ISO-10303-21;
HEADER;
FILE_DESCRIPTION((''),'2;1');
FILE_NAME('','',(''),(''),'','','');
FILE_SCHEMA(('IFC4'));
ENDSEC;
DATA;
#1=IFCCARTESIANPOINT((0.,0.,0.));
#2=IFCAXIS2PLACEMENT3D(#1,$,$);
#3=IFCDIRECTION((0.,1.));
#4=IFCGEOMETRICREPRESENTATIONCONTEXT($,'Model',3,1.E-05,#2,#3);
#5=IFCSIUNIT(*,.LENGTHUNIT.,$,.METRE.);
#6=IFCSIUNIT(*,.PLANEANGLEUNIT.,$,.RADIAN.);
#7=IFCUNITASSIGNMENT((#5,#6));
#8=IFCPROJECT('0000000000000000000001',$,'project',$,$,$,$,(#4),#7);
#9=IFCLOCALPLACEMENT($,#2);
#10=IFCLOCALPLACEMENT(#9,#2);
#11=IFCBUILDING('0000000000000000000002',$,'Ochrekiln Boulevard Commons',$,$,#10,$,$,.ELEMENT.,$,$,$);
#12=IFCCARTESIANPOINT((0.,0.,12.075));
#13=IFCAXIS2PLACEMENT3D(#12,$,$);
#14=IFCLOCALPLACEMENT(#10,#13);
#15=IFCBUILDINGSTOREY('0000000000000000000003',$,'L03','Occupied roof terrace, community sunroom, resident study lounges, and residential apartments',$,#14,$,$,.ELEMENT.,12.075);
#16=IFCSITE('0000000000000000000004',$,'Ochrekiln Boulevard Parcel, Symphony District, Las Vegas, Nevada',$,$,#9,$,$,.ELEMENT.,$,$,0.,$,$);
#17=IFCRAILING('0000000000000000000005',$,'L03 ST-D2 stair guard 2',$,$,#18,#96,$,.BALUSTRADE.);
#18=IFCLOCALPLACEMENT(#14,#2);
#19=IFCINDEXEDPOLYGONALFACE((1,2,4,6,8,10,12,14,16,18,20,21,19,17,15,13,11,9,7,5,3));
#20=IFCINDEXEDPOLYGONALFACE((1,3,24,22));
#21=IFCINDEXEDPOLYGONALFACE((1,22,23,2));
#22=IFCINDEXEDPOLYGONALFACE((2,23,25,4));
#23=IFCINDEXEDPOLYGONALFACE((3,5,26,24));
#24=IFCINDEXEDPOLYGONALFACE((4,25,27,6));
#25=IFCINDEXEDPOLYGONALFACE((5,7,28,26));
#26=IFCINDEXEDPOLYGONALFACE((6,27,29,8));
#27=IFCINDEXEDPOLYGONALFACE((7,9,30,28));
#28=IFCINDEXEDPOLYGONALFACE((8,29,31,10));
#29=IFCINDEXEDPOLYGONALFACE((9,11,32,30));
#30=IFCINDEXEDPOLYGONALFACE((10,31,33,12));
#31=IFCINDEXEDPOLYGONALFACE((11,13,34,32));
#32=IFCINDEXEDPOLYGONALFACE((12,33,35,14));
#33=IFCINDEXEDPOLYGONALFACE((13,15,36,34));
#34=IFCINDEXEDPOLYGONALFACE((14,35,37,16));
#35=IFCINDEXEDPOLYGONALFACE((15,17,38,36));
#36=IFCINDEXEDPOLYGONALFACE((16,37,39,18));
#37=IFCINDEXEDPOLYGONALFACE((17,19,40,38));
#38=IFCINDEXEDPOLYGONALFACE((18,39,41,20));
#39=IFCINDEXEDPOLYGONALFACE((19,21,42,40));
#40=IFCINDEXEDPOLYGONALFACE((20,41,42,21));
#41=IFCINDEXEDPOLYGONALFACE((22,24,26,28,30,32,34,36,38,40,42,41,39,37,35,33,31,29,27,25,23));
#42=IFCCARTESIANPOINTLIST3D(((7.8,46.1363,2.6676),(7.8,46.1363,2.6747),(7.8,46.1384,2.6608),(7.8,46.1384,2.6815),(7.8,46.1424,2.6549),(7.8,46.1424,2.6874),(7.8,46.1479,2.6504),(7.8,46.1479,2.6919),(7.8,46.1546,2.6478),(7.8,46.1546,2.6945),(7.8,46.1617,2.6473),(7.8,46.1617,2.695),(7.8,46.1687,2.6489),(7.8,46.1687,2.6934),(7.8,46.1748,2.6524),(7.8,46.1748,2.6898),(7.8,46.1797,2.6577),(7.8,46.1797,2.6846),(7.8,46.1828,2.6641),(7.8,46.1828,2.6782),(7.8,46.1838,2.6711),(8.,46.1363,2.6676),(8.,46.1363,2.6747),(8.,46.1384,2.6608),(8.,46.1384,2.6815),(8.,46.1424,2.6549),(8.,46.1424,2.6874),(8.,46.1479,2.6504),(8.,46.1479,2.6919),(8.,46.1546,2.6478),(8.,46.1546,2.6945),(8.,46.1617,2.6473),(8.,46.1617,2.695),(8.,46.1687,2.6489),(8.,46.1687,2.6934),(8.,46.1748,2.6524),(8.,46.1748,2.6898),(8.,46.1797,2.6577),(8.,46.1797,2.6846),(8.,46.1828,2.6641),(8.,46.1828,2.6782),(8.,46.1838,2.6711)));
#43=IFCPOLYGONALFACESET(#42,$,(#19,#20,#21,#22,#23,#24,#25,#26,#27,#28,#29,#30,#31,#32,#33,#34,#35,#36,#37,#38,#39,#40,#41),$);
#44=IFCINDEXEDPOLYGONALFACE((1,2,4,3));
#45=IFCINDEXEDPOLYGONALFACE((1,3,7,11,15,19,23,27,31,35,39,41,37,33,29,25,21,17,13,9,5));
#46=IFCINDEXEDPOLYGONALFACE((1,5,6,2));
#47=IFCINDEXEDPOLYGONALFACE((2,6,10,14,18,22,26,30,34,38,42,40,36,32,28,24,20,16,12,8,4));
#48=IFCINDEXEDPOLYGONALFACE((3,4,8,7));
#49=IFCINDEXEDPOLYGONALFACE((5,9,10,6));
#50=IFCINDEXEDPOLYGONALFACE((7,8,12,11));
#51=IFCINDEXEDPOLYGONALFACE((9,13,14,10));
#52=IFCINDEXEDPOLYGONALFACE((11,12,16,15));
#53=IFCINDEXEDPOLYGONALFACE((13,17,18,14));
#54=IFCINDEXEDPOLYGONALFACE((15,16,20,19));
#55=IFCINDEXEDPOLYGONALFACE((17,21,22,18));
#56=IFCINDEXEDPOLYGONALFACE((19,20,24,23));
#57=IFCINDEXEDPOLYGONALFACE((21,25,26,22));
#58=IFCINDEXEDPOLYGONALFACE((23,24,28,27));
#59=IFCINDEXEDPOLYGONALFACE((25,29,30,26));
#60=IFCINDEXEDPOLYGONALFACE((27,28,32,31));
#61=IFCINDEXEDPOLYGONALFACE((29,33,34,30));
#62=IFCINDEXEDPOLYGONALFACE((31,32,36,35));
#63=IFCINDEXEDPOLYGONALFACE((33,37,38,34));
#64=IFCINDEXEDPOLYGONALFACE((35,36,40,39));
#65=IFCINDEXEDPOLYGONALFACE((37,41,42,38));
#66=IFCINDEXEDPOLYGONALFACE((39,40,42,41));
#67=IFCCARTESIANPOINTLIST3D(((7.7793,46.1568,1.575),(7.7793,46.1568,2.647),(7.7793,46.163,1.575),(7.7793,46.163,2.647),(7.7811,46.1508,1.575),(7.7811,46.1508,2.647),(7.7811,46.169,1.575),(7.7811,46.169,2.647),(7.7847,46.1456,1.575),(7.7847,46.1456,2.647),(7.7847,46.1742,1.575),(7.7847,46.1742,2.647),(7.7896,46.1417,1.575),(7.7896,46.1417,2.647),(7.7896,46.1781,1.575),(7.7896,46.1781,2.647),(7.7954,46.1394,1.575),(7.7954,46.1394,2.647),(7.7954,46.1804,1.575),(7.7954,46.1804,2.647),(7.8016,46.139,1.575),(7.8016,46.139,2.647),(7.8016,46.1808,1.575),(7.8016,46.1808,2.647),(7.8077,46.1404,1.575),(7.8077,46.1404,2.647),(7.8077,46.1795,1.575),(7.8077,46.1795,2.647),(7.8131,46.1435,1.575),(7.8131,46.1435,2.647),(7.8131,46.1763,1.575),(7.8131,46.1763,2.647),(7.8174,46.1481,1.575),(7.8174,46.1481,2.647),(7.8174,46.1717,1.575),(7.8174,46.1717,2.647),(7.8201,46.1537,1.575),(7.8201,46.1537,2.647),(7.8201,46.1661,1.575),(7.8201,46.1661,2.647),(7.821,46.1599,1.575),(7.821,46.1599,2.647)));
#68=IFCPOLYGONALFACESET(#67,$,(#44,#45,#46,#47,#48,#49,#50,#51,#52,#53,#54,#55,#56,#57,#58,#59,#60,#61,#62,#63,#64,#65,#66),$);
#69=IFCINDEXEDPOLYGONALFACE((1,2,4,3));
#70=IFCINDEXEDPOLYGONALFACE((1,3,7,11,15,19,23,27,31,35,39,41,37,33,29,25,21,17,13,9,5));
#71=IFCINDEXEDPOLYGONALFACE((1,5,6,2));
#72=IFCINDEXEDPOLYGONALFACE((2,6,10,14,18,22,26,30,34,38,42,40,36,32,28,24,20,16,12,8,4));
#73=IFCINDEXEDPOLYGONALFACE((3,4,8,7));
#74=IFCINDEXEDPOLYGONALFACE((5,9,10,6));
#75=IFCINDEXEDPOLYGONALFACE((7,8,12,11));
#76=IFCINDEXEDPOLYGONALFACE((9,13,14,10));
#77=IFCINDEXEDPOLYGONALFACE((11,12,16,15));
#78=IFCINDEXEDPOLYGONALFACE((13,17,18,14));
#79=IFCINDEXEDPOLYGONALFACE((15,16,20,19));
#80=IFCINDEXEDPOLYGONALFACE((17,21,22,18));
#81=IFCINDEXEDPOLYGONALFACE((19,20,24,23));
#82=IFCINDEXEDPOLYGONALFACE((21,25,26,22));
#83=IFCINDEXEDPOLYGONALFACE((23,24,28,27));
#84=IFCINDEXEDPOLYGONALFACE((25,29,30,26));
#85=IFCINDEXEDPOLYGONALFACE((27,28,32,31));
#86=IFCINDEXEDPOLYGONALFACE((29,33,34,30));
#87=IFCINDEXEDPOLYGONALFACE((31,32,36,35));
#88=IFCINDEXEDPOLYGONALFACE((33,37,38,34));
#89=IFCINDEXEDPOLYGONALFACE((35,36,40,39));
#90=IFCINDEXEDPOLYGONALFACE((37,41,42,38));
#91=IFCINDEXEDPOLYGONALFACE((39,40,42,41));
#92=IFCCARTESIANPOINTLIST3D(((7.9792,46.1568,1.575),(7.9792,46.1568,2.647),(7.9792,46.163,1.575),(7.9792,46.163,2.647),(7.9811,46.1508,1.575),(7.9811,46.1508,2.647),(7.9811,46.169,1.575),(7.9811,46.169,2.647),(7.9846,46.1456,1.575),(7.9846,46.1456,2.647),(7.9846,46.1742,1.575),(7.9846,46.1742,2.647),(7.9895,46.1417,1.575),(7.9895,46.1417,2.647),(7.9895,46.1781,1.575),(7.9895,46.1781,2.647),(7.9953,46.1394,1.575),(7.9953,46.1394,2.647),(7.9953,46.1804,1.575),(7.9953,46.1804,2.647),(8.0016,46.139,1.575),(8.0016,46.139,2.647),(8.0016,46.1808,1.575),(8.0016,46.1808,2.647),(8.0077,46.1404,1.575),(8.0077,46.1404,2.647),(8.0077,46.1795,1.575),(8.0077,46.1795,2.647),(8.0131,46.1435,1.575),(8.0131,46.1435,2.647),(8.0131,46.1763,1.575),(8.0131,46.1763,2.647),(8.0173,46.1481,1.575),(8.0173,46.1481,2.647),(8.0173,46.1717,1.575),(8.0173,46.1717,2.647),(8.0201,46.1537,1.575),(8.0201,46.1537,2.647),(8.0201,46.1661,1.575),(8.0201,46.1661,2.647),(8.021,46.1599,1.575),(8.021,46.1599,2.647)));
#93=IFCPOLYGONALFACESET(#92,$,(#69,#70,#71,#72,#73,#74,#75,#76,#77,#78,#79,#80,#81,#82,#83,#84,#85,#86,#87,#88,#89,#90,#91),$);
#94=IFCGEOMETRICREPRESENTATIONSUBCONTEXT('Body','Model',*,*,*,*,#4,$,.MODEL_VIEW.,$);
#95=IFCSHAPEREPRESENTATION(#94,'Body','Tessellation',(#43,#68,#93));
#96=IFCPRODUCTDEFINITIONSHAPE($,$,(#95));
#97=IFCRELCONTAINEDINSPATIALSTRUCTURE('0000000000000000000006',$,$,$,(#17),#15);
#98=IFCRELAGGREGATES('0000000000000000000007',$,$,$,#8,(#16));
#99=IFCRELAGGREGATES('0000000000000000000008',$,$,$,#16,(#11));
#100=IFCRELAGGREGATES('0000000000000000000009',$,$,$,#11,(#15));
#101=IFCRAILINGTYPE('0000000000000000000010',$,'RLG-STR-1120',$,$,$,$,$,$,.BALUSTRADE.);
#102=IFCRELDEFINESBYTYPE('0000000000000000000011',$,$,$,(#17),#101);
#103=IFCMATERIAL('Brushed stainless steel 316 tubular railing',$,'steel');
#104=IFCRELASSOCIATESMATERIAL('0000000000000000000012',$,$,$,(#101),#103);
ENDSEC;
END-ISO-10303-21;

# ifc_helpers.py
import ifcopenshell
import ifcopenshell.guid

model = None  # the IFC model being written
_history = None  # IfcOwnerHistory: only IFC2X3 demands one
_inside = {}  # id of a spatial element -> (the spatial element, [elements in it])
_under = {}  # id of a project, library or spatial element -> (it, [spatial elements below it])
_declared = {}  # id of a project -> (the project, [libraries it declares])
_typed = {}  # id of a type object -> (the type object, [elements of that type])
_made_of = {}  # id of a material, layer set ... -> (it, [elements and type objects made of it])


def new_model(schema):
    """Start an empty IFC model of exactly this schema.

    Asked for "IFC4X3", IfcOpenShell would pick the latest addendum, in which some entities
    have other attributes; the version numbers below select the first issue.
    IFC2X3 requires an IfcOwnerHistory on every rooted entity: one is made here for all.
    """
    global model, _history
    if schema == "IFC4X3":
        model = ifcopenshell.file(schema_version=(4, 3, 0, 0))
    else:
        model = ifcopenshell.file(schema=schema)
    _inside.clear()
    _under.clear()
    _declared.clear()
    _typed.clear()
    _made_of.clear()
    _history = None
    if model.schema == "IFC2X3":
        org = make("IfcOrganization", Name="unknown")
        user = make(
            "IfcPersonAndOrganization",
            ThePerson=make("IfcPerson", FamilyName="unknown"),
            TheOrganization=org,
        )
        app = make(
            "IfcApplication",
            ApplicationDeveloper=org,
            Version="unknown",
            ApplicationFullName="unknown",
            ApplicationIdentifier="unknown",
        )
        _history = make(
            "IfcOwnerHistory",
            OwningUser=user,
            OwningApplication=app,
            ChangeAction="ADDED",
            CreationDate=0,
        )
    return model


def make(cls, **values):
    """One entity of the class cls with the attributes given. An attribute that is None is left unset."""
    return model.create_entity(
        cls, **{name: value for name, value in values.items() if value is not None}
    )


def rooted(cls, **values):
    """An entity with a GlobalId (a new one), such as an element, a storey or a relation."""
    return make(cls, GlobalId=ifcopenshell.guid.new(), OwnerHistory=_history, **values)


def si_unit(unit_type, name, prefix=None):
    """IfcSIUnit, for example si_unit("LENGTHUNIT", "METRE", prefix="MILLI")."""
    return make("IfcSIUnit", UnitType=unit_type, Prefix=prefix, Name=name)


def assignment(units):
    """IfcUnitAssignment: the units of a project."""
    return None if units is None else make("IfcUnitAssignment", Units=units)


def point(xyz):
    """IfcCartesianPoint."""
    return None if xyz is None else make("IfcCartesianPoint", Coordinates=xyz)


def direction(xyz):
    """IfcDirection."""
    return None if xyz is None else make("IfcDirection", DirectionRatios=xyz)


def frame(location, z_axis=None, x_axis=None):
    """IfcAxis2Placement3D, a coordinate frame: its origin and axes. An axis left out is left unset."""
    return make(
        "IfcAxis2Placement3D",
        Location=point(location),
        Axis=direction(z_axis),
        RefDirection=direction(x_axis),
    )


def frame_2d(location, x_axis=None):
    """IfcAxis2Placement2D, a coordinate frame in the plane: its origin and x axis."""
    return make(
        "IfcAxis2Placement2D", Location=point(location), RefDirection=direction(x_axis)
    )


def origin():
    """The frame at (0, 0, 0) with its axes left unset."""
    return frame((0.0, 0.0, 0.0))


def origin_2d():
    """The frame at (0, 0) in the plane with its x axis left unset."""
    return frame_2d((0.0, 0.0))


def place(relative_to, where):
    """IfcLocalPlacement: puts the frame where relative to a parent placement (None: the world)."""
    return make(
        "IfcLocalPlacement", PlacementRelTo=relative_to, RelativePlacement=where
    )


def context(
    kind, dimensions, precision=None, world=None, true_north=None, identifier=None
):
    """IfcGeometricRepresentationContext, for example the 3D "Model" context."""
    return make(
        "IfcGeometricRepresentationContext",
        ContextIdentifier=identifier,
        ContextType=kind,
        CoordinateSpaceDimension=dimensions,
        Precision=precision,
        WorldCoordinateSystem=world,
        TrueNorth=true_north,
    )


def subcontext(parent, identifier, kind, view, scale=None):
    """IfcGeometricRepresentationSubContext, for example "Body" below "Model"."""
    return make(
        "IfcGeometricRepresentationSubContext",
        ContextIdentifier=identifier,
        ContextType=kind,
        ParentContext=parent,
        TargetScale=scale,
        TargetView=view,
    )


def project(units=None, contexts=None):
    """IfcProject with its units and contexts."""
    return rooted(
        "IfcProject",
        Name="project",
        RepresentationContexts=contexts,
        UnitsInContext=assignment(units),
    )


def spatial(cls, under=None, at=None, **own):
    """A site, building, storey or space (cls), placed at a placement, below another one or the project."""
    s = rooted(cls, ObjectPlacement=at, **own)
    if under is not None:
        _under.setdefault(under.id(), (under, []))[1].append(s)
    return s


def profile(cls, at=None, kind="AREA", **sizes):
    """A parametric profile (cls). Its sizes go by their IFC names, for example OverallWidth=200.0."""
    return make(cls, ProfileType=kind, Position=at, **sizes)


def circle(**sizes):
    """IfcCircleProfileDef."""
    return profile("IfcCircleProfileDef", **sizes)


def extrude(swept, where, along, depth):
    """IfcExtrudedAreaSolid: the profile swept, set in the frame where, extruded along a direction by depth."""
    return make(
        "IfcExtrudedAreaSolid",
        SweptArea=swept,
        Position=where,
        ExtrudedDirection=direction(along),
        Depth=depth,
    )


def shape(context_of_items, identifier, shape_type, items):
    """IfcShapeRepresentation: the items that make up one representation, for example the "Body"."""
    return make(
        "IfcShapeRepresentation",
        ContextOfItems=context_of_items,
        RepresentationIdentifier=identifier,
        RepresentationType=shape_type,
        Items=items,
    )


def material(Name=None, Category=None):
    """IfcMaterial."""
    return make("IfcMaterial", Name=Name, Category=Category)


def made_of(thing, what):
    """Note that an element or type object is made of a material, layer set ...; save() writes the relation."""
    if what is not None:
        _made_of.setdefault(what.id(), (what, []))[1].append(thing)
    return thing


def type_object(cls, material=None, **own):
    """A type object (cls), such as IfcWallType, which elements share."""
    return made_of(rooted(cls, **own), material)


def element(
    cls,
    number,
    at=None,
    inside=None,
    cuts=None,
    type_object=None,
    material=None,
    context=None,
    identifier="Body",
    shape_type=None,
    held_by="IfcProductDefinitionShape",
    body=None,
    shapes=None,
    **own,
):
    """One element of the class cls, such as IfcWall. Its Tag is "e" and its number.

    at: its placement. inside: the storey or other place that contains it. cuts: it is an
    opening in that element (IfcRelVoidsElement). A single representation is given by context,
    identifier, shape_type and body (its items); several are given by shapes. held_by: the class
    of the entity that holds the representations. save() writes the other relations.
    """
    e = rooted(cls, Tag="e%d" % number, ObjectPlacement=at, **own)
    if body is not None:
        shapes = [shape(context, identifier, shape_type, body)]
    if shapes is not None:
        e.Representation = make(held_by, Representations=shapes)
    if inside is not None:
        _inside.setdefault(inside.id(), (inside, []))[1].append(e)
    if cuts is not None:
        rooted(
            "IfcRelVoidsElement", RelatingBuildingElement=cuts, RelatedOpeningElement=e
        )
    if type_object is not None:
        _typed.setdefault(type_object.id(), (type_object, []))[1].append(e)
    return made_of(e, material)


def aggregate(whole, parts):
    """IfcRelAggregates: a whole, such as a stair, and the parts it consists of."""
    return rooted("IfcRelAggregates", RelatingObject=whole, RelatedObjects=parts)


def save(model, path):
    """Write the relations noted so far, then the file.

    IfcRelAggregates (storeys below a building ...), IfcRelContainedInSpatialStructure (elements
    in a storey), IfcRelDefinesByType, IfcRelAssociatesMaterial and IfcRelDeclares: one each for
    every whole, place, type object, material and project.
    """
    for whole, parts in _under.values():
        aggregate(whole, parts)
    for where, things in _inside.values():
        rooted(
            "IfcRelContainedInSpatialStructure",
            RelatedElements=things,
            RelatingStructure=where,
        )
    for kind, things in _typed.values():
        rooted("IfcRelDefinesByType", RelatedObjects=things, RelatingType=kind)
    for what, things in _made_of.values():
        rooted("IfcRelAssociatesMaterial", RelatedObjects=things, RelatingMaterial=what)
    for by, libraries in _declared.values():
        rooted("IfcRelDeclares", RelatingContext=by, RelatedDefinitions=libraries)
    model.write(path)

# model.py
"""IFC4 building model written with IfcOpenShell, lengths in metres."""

from ifc_helpers import new_model, si_unit, direction, frame, origin, origin_2d, place, context, subcontext, project, spatial, circle, extrude, material, type_object, element, save


model = new_model("IFC4")

# Units and contexts
model_context = context("Model", 3, precision=1e-05, world=origin(), true_north=direction((0.0, 1.0)))
body_context = subcontext(model_context, "Body", "Model", "MODEL_VIEW")
ifc_project = project(units=[si_unit("LENGTHUNIT", "METRE"), si_unit("PLANEANGLEUNIT", "RADIAN")], contexts=[model_context])

# Site, building, storey
site_placement = place(None, origin())
site = spatial("IfcSite", under=ifc_project, at=site_placement, Name="Ochrekiln Boulevard Parcel, Symphony District, Las Vegas, Nevada", CompositionType="ELEMENT", RefElevation=0.0)
building_placement = place(site_placement, origin())
building = spatial("IfcBuilding", under=site, at=building_placement, Name="Ochrekiln Boulevard Commons", CompositionType="ELEMENT")
storey_placement = place(building_placement, frame((0.0, 0.0, 12.075)))
storey = spatial("IfcBuildingStorey", under=building, at=storey_placement, Name="L03", Description="Occupied roof terrace, community sunroom, resident study lounges, and residential apartments", CompositionType="ELEMENT", Elevation=12.075)

# Railing
ifc_material_1 = material(Name="Brushed stainless steel 316 tubular railing", Category="steel")
railing_type_1 = type_object("IfcRailingType", Name="RLG-STR-1120", PredefinedType="BALUSTRADE", material=ifc_material_1)
railing_1_placement = place(storey_placement, frame((7.8, 46.1599, 1.575)))
element("IfcRailing", 1, at=railing_1_placement, inside=storey, type_object=railing_type_1, Name="L03 ST-D2 stair guard 2", PredefinedType="BALUSTRADE", context=body_context, shape_type="SweptSolid", body=[
    extrude(circle(Radius=0.0239, at=origin_2d()), frame((0.0, 0.0, 1.0962), z_axis=(1.0, 0.0, 0.0), x_axis=(0.0, 1.0, 0.0)), (0.0, 0.0, 1.0), 0.2),
    extrude(circle(Radius=0.021, at=origin_2d()), origin(), (0.0, 0.0, 1.0), 1.072),
    extrude(circle(Radius=0.021, at=origin_2d()), frame((0.2, 0.0, 0.0)), (0.0, 0.0, 1.0), 1.072),
])

save(model, "model.ifc")
